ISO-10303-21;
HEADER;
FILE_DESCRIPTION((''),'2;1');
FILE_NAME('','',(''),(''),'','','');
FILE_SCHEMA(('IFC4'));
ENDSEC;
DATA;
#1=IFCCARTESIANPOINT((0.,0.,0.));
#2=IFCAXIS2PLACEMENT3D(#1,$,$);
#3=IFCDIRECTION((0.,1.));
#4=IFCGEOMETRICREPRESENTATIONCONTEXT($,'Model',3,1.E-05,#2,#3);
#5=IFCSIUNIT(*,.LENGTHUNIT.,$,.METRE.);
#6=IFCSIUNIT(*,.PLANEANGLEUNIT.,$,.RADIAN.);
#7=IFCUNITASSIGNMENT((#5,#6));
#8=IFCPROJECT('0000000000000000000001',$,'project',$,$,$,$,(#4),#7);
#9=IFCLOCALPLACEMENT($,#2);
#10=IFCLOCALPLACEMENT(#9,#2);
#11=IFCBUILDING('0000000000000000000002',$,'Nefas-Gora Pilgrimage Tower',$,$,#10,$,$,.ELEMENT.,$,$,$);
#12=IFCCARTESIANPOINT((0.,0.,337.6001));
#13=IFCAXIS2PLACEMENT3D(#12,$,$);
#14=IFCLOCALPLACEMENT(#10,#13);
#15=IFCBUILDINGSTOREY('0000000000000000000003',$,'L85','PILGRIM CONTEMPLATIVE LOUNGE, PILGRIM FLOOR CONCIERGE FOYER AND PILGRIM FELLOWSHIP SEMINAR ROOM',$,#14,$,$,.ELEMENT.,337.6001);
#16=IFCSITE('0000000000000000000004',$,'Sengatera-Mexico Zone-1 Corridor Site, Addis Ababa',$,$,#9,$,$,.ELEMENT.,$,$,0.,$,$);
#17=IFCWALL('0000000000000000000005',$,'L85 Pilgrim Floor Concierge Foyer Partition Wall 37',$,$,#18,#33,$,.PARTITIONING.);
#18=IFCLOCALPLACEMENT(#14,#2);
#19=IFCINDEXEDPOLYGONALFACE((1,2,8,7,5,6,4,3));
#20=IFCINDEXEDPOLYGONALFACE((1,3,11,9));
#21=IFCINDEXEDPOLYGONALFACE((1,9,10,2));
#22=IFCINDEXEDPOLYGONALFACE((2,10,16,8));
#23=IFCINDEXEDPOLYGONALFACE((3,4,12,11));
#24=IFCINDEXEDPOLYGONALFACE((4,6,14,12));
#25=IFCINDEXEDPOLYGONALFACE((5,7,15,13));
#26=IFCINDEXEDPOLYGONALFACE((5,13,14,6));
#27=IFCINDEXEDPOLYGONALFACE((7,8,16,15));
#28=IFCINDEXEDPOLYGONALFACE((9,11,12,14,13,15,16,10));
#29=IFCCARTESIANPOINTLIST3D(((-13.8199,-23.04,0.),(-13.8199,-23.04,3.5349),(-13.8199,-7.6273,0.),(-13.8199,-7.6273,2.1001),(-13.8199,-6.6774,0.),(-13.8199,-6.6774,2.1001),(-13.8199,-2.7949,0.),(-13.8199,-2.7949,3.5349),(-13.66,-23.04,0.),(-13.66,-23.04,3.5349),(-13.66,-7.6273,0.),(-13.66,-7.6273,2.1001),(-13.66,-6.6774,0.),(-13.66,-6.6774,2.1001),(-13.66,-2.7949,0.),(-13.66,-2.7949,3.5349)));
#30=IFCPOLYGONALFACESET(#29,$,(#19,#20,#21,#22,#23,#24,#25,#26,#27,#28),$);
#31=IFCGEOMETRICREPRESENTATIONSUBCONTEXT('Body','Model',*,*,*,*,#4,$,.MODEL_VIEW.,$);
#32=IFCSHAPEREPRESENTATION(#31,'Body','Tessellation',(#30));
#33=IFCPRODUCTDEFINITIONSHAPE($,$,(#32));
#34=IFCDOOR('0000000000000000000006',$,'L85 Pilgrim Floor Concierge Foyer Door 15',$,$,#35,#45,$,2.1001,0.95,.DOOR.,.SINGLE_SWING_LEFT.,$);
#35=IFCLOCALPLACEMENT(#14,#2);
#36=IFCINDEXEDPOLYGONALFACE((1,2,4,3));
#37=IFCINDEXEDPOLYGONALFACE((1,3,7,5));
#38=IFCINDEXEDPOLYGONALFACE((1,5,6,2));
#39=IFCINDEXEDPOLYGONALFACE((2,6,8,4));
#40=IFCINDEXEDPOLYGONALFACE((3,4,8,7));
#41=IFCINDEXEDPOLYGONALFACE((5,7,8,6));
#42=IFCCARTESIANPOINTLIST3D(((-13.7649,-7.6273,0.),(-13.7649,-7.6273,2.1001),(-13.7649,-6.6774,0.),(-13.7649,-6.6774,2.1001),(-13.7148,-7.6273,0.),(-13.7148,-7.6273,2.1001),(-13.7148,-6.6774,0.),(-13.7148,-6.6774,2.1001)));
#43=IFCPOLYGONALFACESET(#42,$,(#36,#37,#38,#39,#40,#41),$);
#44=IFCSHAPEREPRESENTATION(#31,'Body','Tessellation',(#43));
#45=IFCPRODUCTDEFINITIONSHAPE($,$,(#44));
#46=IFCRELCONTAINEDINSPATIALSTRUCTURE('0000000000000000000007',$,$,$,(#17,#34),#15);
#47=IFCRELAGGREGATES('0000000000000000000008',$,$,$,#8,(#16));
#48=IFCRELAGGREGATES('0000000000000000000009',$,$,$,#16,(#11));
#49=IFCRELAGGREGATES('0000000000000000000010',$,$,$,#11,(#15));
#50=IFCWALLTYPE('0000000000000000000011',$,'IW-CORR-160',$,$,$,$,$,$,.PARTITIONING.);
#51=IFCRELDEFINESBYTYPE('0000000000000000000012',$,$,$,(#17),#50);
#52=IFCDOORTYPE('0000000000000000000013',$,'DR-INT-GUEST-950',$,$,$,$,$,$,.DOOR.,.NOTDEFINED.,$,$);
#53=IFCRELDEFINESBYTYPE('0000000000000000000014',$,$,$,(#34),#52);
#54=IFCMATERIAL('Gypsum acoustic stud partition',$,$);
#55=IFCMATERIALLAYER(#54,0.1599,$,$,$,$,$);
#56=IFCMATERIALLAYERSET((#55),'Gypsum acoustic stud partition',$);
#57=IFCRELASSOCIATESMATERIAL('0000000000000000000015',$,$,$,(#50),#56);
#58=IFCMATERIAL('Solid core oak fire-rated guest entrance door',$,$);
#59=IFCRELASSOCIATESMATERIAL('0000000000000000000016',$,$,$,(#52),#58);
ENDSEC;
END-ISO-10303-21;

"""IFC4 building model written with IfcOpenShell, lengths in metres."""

from ifc_helpers import new_model, si_unit, direction, frame, frame_2d, origin, place, context, subcontext, project, spatial, rectangle, extrude, source, transform, mapped, material, layer, layer_set, type_object, element, fill, save


model = new_model("IFC4")

# Units and contexts
model_context = context("Model", 3, precision=1e-05, world=origin(), true_north=direction((0.0, 1.0)))
body_context = subcontext(model_context, "Body", "Model", "MODEL_VIEW")
ifc_project = project(units=[si_unit("LENGTHUNIT", "METRE"), si_unit("PLANEANGLEUNIT", "RADIAN")], contexts=[model_context])

# Site, building, storey
site_placement = place(None, origin())
site = spatial("IfcSite", under=ifc_project, at=site_placement, Name="Sengatera-Mexico Zone-1 Corridor Site, Addis Ababa", CompositionType="ELEMENT", RefElevation=0.0)
building_placement = place(site_placement, origin())
building = spatial("IfcBuilding", under=site, at=building_placement, Name="Nefas-Gora Pilgrimage Tower", CompositionType="ELEMENT")
storey_placement = place(building_placement, frame((0.0, 0.0, 337.6001)))
storey = spatial("IfcBuildingStorey", under=building, at=storey_placement, Name="L85", Description="PILGRIM CONTEMPLATIVE LOUNGE, PILGRIM FLOOR CONCIERGE FOYER AND PILGRIM FELLOWSHIP SEMINAR ROOM", CompositionType="ELEMENT", Elevation=337.6001)

# Wall, opening, door
ifc_material_1 = material(Name="Gypsum acoustic stud partition")
ifc_layer_1 = layer(ifc_material_1, 0.1599)
ifc_layer_set_1 = layer_set([ifc_layer_1], Name="Gypsum acoustic stud partition")
wall_type_1 = type_object("IfcWallType", Name="IW-CORR-160", PredefinedType="PARTITIONING", material=ifc_layer_set_1)
ifc_material_2 = material(Name="Solid core oak fire-rated guest entrance door")
door_type = type_object("IfcDoorType", Name="DR-INT-GUEST-950", OperationType="NOTDEFINED", PredefinedType="DOOR", material=ifc_material_2)
shared_shape_1 = source(origin(), body_context, "Body", "SweptSolid", [
    extrude(rectangle(XDim=0.95, YDim=2.1001, at=frame_2d((0.4751, 1.05))), frame((0.0, 0.0249, 0.0), z_axis=(0.0, -1.0, 0.0), x_axis=(1.0, 0.0, 0.0)), (0.0, 0.0, 1.0), 0.05),
])
shared_shape_2 = source(origin(), body_context, "Body", "SweptSolid", [
    extrude(rectangle(XDim=20.2451, YDim=0.1599, at=frame_2d((10.1226, 0.0))), origin(), (0.0, 0.0, 1.0), 3.5349),
])
wall_1_placement = place(storey_placement, frame((-13.74, -23.04, 0.0), z_axis=(0.0, 0.0, 1.0), x_axis=(0.0, 1.0, 0.0)))
wall_1 = element("IfcWall", 1, at=wall_1_placement, inside=storey, type_object=wall_type_1, Name="L85 Pilgrim Floor Concierge Foyer Partition Wall 37", PredefinedType="PARTITIONING", context=body_context, shape_type="MappedRepresentation", body=[
    mapped(shared_shape_2, transform((0.0, 0.0, 0.0), x_axis=(1.0, 0.0, 0.0), y_axis=(0.0, 1.0, 0.0), z_axis=(0.0, 0.0, 1.0), scale=1.0)),
])
opening_1_placement = place(wall_1_placement, frame((15.4126, 0.0, 0.0)))
opening_1 = element("IfcOpeningElement", 2, at=opening_1_placement, cuts=wall_1, PredefinedType="OPENING", context=body_context, shape_type="SweptSolid", body=[
    extrude(rectangle(XDim=0.95, YDim=2.1001, at=frame_2d((0.4751, 1.05))), frame((0.0, 0.0898, 0.0), z_axis=(0.0, -1.0, 0.0), x_axis=(1.0, 0.0, 0.0)), (0.0, 0.0, 1.0), 0.1799),
])
door_1_placement = place(opening_1_placement, origin())
door_1 = element("IfcDoor", 3, at=door_1_placement, inside=storey, type_object=door_type, Name="L85 Pilgrim Floor Concierge Foyer Door 15", OperationType="SINGLE_SWING_LEFT", OverallHeight=2.1001, OverallWidth=0.95, PredefinedType="DOOR", context=body_context, shape_type="MappedRepresentation", body=[
    mapped(shared_shape_1, transform((0.0, 0.0, 0.0), x_axis=(1.0, 0.0, 0.0), y_axis=(0.0, 1.0, 0.0), z_axis=(0.0, 0.0, 1.0), scale=1.0)),
])
fill(opening_1, door_1)

save(model, "model.ifc")
